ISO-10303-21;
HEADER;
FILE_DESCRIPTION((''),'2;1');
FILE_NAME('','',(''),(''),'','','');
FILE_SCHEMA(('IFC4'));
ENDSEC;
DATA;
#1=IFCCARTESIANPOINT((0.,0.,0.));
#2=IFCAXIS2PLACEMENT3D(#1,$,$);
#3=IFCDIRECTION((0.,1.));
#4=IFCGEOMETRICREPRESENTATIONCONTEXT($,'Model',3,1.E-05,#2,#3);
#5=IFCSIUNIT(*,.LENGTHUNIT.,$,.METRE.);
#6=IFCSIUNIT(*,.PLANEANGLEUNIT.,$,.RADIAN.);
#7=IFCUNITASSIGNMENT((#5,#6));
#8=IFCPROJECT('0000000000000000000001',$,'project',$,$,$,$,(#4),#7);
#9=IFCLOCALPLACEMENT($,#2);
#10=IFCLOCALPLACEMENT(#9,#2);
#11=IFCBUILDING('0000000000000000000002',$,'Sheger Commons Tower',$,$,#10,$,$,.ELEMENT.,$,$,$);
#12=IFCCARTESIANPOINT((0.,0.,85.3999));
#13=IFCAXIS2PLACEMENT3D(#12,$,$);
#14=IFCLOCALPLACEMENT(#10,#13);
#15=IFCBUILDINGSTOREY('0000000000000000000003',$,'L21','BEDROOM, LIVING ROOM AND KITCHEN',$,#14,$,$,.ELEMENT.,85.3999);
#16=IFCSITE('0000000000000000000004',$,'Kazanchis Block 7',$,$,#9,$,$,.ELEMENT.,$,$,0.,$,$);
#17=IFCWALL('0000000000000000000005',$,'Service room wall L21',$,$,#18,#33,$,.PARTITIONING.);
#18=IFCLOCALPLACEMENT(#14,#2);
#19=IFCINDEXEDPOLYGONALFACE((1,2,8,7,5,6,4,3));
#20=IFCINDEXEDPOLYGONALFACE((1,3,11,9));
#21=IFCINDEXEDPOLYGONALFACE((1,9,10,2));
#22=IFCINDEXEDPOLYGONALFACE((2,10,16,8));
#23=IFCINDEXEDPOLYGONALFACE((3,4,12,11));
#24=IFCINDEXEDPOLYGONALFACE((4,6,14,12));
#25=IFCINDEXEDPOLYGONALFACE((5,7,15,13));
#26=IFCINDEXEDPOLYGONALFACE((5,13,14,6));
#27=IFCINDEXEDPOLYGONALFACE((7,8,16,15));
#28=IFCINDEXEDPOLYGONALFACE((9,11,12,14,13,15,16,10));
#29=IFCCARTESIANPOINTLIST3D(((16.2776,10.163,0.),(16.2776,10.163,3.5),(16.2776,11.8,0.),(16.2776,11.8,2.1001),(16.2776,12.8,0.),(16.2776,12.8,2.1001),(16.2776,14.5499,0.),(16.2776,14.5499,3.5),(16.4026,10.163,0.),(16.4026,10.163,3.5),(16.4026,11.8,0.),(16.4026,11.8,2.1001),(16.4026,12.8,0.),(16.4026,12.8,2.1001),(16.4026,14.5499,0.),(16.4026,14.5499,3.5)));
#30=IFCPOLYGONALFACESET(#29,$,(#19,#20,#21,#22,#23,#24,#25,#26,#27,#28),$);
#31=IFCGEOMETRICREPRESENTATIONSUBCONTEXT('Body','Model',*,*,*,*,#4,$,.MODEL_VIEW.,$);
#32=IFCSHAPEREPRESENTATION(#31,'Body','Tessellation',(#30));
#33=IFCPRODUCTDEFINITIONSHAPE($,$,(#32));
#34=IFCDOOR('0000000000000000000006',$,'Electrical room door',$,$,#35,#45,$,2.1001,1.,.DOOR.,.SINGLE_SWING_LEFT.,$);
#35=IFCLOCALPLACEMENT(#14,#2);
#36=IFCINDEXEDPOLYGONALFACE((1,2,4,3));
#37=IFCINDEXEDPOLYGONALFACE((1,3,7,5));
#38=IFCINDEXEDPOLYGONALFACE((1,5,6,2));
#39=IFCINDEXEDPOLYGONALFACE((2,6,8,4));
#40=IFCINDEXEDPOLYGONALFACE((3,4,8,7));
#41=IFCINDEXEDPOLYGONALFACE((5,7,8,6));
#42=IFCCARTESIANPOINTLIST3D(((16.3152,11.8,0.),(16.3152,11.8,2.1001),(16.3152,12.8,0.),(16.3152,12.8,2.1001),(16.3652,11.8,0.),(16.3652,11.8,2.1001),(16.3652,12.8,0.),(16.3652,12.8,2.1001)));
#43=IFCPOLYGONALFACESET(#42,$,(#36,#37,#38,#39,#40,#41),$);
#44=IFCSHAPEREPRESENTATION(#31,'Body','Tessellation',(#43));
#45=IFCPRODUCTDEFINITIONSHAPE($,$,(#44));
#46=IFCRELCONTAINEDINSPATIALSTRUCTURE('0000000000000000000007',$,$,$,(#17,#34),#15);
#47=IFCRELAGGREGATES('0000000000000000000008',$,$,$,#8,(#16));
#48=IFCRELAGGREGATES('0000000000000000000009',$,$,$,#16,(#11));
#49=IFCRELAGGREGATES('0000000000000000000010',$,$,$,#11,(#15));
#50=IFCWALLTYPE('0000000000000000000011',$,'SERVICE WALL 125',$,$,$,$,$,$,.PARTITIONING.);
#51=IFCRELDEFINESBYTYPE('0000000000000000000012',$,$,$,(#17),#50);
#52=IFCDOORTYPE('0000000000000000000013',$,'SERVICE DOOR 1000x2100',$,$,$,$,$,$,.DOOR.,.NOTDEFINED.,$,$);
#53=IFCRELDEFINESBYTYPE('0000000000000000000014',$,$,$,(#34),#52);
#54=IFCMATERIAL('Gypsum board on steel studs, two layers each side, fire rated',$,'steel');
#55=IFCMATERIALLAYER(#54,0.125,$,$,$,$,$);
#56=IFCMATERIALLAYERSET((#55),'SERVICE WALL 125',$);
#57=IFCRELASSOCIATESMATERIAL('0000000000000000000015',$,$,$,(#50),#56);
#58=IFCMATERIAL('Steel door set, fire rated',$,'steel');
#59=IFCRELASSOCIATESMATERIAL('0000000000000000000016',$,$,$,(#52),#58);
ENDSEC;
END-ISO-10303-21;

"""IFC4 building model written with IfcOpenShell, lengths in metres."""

from ifc_helpers import new_model, si_unit, direction, frame, frame_2d, origin, place, context, subcontext, project, spatial, rectangle, extrude, material, layer, layer_set, type_object, element, fill, save


model = new_model("IFC4")

# Units and contexts
model_context = context("Model", 3, precision=1e-05, world=origin(), true_north=direction((0.0, 1.0)))
body_context = subcontext(model_context, "Body", "Model", "MODEL_VIEW")
ifc_project = project(units=[si_unit("LENGTHUNIT", "METRE"), si_unit("PLANEANGLEUNIT", "RADIAN")], contexts=[model_context])

# Site, building, storey
site_placement = place(None, origin())
site = spatial("IfcSite", under=ifc_project, at=site_placement, Name="Kazanchis Block 7", CompositionType="ELEMENT", RefElevation=0.0)
building_placement = place(site_placement, origin())
building = spatial("IfcBuilding", under=site, at=building_placement, Name="Sheger Commons Tower", CompositionType="ELEMENT")
storey_placement = place(building_placement, frame((0.0, 0.0, 85.3999)))
storey = spatial("IfcBuildingStorey", under=building, at=storey_placement, Name="L21", Description="BEDROOM, LIVING ROOM AND KITCHEN", CompositionType="ELEMENT", Elevation=85.3999)

# Shared definitions
ifc_material_1 = material(Name="Gypsum board on steel studs, two layers each side, fire rated", Category="steel")
ifc_layer_1 = layer(ifc_material_1, 0.125)
ifc_layer_set_1 = layer_set([ifc_layer_1], Name="SERVICE WALL 125")
wall_type_1 = type_object("IfcWallType", Name="SERVICE WALL 125", PredefinedType="PARTITIONING", material=ifc_layer_set_1)
ifc_material_2 = material(Name="Steel door set, fire rated", Category="steel")
door_type_1 = type_object("IfcDoorType", Name="SERVICE DOOR 1000x2100", OperationType="NOTDEFINED", PredefinedType="DOOR", material=ifc_material_2)

# Wall, opening, door
wall_1_placement = place(storey_placement, frame((16.3401, 10.1631, 0.0), z_axis=(0.0, 0.0, 1.0), x_axis=(0.0, 1.0, 0.0)))
wall_1 = element("IfcWall", 1, at=wall_1_placement, inside=storey, type_object=wall_type_1, Name="Service room wall L21", PredefinedType="PARTITIONING", context=body_context, shape_type="SweptSolid", body=[
    extrude(rectangle(XDim=4.387, YDim=0.125, at=frame_2d((2.1934, 0.0))), origin(), (0.0, 0.0, 1.0), 3.5),
])
opening_1_placement = place(wall_1_placement, frame((1.637, 0.0, 0.0)))
opening_1 = element("IfcOpeningElement", 2, at=opening_1_placement, cuts=wall_1, PredefinedType="OPENING", context=body_context, shape_type="SweptSolid", body=[
    extrude(rectangle(XDim=1.0, YDim=2.1001, at=frame_2d((0.5, 1.05))), frame((0.0, 0.0725, 0.0), z_axis=(0.0, -1.0, 0.0), x_axis=(1.0, 0.0, 0.0)), (0.0, 0.0, 1.0), 0.145),
])
door_1_placement = place(opening_1_placement, origin())
door_1 = element("IfcDoor", 3, at=door_1_placement, inside=storey, type_object=door_type_1, Name="Electrical room door", OperationType="SINGLE_SWING_LEFT", OverallHeight=2.1001, OverallWidth=1.0, PredefinedType="DOOR", context=body_context, shape_type="SweptSolid", body=[
    extrude(rectangle(XDim=1.0, YDim=2.1001, at=frame_2d((0.5, 1.05))), frame((0.0, 0.0249, 0.0), z_axis=(0.0, -1.0, 0.0), x_axis=(1.0, 0.0, 0.0)), (0.0, 0.0, 1.0), 0.05),
])
fill(opening_1, door_1)

save(model, "model.ifc")
